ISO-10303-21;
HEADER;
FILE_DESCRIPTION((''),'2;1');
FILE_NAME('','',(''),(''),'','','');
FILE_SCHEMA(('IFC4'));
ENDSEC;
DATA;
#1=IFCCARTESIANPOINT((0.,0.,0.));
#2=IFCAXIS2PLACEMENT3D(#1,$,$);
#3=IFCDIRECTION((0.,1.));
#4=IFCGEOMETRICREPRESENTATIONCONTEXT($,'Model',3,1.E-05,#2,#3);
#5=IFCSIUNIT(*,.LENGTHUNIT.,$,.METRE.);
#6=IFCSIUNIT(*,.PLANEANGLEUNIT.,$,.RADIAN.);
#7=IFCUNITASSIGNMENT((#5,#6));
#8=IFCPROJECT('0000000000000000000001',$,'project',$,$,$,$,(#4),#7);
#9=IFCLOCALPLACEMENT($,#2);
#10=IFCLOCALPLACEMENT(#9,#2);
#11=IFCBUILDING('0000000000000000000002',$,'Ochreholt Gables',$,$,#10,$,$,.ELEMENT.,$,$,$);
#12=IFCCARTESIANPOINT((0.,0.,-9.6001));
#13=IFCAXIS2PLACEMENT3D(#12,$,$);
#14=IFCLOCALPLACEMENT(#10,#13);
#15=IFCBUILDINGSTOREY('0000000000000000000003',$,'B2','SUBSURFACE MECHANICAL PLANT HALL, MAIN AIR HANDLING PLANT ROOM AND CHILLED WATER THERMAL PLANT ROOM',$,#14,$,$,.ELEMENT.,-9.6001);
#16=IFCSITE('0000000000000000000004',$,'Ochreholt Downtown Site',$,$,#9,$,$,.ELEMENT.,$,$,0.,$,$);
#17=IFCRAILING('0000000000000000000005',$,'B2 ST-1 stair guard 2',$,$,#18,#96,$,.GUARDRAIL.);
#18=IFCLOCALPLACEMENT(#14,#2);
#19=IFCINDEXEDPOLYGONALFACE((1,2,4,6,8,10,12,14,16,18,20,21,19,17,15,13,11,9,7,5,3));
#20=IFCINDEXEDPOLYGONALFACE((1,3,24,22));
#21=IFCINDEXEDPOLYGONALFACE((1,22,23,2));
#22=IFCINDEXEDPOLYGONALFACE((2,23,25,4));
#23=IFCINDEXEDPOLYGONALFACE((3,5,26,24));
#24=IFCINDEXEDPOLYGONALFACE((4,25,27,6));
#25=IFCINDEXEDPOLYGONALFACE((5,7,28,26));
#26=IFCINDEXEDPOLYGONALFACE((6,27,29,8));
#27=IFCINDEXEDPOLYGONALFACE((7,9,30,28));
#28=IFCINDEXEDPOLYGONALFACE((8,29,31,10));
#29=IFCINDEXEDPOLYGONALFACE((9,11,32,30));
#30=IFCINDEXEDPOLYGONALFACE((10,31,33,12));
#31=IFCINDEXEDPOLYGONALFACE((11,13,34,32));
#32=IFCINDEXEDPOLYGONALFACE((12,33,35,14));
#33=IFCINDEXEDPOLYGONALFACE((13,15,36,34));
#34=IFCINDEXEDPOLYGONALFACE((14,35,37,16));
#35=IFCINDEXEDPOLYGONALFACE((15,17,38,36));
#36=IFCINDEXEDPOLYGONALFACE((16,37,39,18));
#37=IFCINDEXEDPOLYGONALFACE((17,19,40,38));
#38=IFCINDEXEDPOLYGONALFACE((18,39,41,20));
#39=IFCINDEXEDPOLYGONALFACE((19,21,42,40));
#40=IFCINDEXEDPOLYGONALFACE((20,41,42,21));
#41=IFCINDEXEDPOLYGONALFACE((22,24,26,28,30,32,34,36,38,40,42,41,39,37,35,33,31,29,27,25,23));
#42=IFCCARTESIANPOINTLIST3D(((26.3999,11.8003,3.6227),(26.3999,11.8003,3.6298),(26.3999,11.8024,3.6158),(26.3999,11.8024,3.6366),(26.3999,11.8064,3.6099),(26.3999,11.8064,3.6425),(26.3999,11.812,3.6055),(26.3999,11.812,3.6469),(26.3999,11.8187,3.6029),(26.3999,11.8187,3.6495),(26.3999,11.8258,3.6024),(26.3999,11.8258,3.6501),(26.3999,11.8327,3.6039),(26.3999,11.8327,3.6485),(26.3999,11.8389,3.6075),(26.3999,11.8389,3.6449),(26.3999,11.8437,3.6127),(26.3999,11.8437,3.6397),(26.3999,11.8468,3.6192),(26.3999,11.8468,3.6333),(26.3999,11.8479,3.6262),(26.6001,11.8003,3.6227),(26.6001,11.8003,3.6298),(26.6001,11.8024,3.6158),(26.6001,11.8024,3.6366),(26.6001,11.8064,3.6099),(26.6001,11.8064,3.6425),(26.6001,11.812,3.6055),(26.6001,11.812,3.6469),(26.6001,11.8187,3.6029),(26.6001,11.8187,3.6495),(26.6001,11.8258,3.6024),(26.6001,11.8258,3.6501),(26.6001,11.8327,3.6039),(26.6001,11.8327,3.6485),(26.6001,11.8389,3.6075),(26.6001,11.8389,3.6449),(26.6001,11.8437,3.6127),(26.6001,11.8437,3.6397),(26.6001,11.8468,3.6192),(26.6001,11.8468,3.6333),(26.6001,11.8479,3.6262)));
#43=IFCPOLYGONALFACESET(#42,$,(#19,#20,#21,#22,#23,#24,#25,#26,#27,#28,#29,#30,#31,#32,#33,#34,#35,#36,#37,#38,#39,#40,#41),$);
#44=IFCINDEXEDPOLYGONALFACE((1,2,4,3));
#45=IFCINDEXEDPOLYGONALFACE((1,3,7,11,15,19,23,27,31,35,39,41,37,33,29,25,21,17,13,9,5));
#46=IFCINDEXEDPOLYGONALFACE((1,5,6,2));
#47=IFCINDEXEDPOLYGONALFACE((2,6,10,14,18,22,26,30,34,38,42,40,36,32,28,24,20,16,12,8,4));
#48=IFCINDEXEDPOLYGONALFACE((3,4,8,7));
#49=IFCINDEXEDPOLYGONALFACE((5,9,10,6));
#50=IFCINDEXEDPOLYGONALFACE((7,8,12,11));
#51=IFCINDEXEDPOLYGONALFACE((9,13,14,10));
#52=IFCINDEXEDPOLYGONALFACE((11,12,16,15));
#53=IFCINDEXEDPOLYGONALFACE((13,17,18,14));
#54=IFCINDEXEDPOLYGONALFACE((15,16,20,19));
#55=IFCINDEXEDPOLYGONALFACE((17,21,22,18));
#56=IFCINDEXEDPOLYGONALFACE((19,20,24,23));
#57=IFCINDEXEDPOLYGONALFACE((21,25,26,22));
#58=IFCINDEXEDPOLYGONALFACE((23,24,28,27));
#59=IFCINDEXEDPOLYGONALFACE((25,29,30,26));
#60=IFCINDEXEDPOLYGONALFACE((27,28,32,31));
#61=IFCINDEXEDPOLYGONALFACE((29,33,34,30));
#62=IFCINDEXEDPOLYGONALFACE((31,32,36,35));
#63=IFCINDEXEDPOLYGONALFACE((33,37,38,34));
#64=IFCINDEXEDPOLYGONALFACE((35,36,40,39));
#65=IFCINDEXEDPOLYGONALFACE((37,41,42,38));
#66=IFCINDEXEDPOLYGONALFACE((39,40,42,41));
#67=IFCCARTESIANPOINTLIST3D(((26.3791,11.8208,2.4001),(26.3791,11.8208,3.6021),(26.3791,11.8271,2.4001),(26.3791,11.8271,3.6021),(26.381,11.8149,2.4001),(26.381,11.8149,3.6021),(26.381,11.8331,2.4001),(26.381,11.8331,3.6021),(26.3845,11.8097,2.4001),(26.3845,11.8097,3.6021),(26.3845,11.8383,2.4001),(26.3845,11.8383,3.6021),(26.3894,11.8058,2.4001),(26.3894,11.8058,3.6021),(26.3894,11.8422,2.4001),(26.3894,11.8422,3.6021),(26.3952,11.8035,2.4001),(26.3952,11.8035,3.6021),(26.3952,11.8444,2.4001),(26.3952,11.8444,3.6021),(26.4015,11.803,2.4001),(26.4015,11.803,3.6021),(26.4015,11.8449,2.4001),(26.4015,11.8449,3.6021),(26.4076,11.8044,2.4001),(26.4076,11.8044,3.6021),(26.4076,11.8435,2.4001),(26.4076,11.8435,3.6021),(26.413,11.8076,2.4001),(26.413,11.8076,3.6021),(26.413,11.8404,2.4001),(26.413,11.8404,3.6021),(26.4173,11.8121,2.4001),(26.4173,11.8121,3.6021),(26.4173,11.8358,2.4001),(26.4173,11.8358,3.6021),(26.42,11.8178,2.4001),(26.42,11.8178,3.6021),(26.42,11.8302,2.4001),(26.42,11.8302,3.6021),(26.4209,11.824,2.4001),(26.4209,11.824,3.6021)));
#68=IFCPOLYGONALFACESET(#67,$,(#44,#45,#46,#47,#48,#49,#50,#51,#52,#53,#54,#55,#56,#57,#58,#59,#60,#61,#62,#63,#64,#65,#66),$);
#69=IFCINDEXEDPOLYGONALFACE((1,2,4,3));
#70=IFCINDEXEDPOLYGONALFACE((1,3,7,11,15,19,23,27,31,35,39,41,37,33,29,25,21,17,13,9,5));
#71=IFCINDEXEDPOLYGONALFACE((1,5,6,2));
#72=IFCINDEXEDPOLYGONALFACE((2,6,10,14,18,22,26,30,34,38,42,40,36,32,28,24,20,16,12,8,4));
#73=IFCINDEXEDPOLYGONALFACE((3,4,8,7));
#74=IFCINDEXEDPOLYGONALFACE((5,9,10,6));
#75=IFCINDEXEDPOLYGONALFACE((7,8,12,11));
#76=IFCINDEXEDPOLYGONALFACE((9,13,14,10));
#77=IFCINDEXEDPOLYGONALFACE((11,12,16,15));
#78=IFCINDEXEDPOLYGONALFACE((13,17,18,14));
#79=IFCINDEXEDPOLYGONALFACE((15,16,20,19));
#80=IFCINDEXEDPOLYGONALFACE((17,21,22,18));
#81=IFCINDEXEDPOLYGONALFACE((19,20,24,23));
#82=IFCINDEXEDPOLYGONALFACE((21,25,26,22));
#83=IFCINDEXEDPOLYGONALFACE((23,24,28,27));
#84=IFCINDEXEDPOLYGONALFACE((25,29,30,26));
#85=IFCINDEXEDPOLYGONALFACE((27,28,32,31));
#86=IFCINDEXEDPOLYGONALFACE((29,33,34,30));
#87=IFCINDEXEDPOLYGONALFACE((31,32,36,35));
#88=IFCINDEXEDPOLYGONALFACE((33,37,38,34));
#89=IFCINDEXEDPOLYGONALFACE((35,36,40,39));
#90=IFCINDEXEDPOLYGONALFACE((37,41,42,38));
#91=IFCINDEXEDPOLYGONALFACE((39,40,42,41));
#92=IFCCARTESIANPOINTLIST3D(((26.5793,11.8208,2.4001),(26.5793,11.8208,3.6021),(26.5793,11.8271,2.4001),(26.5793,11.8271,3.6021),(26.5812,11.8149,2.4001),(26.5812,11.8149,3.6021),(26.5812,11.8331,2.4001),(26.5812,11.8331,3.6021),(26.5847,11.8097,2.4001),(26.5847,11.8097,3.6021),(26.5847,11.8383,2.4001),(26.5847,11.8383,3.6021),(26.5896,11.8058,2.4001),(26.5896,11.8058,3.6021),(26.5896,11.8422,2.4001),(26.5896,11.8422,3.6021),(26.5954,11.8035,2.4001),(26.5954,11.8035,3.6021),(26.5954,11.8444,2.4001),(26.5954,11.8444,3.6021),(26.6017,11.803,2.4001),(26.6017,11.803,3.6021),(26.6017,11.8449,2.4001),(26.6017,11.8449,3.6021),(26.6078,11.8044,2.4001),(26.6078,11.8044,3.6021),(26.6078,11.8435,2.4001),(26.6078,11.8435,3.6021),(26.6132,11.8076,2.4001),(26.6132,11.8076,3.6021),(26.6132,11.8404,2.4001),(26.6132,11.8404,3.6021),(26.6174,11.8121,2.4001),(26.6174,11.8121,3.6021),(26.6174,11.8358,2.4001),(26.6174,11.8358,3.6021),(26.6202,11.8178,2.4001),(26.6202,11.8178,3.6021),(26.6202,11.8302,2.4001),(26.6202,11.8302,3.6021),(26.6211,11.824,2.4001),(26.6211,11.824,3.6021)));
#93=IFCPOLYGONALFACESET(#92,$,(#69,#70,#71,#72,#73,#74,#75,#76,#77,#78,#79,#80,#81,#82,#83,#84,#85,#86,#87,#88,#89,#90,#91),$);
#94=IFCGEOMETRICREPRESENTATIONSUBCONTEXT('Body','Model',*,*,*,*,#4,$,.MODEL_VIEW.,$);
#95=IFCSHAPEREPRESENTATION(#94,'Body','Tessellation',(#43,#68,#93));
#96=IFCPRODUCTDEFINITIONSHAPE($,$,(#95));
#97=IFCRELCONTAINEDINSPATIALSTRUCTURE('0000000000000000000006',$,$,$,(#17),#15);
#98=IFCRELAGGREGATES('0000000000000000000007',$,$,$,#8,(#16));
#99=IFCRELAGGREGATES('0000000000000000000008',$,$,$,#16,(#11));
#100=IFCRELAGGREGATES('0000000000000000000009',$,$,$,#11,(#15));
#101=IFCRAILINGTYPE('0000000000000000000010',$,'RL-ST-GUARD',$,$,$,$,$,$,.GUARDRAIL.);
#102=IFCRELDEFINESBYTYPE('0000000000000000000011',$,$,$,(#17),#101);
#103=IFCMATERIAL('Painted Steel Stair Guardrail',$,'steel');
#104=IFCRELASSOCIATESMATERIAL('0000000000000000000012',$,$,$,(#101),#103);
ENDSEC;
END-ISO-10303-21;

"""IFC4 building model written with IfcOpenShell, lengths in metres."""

from ifc_helpers import new_model, si_unit, direction, frame, origin, origin_2d, place, context, subcontext, project, spatial, circle, extrude, material, type_object, element, save


model = new_model("IFC4")

# Units and contexts
model_context = context("Model", 3, precision=1e-05, world=origin(), true_north=direction((0.0, 1.0)))
body_context = subcontext(model_context, "Body", "Model", "MODEL_VIEW")
ifc_project = project(units=[si_unit("LENGTHUNIT", "METRE"), si_unit("PLANEANGLEUNIT", "RADIAN")], contexts=[model_context])

# Site, building, storey
site_placement = place(None, origin())
site = spatial("IfcSite", under=ifc_project, at=site_placement, Name="Ochreholt Downtown Site", CompositionType="ELEMENT", RefElevation=0.0)
building_placement = place(site_placement, origin())
building = spatial("IfcBuilding", under=site, at=building_placement, Name="Ochreholt Gables", CompositionType="ELEMENT")
storey_placement = place(building_placement, frame((0.0, 0.0, -9.6001)))
storey = spatial("IfcBuildingStorey", under=building, at=storey_placement, Name="B2", Description="SUBSURFACE MECHANICAL PLANT HALL, MAIN AIR HANDLING PLANT ROOM AND CHILLED WATER THERMAL PLANT ROOM", CompositionType="ELEMENT", Elevation=-9.6001)

# Railing
ifc_material_1 = material(Name="Painted Steel Stair Guardrail", Category="steel")
railing_type_1 = type_object("IfcRailingType", Name="RL-ST-GUARD", PredefinedType="GUARDRAIL", material=ifc_material_1)
railing_1_placement = place(storey_placement, frame((26.3999, 11.824, 2.4001)))
element("IfcRailing", 1, at=railing_1_placement, inside=storey, type_object=railing_type_1, Name="B2 ST-1 stair guard 2", PredefinedType="GUARDRAIL", context=body_context, shape_type="SweptSolid", body=[
    extrude(circle(Radius=0.0239, at=origin_2d()), frame((0.0, 0.0, 1.2261), z_axis=(1.0, 0.0, 0.0), x_axis=(0.0, 1.0, 0.0)), (0.0, 0.0, 1.0), 0.2002),
    extrude(circle(Radius=0.021, at=origin_2d()), origin(), (0.0, 0.0, 1.0), 1.2019),
    extrude(circle(Radius=0.021, at=origin_2d()), frame((0.2002, 0.0, 0.0)), (0.0, 0.0, 1.0), 1.2019),
])

save(model, "model.ifc")
